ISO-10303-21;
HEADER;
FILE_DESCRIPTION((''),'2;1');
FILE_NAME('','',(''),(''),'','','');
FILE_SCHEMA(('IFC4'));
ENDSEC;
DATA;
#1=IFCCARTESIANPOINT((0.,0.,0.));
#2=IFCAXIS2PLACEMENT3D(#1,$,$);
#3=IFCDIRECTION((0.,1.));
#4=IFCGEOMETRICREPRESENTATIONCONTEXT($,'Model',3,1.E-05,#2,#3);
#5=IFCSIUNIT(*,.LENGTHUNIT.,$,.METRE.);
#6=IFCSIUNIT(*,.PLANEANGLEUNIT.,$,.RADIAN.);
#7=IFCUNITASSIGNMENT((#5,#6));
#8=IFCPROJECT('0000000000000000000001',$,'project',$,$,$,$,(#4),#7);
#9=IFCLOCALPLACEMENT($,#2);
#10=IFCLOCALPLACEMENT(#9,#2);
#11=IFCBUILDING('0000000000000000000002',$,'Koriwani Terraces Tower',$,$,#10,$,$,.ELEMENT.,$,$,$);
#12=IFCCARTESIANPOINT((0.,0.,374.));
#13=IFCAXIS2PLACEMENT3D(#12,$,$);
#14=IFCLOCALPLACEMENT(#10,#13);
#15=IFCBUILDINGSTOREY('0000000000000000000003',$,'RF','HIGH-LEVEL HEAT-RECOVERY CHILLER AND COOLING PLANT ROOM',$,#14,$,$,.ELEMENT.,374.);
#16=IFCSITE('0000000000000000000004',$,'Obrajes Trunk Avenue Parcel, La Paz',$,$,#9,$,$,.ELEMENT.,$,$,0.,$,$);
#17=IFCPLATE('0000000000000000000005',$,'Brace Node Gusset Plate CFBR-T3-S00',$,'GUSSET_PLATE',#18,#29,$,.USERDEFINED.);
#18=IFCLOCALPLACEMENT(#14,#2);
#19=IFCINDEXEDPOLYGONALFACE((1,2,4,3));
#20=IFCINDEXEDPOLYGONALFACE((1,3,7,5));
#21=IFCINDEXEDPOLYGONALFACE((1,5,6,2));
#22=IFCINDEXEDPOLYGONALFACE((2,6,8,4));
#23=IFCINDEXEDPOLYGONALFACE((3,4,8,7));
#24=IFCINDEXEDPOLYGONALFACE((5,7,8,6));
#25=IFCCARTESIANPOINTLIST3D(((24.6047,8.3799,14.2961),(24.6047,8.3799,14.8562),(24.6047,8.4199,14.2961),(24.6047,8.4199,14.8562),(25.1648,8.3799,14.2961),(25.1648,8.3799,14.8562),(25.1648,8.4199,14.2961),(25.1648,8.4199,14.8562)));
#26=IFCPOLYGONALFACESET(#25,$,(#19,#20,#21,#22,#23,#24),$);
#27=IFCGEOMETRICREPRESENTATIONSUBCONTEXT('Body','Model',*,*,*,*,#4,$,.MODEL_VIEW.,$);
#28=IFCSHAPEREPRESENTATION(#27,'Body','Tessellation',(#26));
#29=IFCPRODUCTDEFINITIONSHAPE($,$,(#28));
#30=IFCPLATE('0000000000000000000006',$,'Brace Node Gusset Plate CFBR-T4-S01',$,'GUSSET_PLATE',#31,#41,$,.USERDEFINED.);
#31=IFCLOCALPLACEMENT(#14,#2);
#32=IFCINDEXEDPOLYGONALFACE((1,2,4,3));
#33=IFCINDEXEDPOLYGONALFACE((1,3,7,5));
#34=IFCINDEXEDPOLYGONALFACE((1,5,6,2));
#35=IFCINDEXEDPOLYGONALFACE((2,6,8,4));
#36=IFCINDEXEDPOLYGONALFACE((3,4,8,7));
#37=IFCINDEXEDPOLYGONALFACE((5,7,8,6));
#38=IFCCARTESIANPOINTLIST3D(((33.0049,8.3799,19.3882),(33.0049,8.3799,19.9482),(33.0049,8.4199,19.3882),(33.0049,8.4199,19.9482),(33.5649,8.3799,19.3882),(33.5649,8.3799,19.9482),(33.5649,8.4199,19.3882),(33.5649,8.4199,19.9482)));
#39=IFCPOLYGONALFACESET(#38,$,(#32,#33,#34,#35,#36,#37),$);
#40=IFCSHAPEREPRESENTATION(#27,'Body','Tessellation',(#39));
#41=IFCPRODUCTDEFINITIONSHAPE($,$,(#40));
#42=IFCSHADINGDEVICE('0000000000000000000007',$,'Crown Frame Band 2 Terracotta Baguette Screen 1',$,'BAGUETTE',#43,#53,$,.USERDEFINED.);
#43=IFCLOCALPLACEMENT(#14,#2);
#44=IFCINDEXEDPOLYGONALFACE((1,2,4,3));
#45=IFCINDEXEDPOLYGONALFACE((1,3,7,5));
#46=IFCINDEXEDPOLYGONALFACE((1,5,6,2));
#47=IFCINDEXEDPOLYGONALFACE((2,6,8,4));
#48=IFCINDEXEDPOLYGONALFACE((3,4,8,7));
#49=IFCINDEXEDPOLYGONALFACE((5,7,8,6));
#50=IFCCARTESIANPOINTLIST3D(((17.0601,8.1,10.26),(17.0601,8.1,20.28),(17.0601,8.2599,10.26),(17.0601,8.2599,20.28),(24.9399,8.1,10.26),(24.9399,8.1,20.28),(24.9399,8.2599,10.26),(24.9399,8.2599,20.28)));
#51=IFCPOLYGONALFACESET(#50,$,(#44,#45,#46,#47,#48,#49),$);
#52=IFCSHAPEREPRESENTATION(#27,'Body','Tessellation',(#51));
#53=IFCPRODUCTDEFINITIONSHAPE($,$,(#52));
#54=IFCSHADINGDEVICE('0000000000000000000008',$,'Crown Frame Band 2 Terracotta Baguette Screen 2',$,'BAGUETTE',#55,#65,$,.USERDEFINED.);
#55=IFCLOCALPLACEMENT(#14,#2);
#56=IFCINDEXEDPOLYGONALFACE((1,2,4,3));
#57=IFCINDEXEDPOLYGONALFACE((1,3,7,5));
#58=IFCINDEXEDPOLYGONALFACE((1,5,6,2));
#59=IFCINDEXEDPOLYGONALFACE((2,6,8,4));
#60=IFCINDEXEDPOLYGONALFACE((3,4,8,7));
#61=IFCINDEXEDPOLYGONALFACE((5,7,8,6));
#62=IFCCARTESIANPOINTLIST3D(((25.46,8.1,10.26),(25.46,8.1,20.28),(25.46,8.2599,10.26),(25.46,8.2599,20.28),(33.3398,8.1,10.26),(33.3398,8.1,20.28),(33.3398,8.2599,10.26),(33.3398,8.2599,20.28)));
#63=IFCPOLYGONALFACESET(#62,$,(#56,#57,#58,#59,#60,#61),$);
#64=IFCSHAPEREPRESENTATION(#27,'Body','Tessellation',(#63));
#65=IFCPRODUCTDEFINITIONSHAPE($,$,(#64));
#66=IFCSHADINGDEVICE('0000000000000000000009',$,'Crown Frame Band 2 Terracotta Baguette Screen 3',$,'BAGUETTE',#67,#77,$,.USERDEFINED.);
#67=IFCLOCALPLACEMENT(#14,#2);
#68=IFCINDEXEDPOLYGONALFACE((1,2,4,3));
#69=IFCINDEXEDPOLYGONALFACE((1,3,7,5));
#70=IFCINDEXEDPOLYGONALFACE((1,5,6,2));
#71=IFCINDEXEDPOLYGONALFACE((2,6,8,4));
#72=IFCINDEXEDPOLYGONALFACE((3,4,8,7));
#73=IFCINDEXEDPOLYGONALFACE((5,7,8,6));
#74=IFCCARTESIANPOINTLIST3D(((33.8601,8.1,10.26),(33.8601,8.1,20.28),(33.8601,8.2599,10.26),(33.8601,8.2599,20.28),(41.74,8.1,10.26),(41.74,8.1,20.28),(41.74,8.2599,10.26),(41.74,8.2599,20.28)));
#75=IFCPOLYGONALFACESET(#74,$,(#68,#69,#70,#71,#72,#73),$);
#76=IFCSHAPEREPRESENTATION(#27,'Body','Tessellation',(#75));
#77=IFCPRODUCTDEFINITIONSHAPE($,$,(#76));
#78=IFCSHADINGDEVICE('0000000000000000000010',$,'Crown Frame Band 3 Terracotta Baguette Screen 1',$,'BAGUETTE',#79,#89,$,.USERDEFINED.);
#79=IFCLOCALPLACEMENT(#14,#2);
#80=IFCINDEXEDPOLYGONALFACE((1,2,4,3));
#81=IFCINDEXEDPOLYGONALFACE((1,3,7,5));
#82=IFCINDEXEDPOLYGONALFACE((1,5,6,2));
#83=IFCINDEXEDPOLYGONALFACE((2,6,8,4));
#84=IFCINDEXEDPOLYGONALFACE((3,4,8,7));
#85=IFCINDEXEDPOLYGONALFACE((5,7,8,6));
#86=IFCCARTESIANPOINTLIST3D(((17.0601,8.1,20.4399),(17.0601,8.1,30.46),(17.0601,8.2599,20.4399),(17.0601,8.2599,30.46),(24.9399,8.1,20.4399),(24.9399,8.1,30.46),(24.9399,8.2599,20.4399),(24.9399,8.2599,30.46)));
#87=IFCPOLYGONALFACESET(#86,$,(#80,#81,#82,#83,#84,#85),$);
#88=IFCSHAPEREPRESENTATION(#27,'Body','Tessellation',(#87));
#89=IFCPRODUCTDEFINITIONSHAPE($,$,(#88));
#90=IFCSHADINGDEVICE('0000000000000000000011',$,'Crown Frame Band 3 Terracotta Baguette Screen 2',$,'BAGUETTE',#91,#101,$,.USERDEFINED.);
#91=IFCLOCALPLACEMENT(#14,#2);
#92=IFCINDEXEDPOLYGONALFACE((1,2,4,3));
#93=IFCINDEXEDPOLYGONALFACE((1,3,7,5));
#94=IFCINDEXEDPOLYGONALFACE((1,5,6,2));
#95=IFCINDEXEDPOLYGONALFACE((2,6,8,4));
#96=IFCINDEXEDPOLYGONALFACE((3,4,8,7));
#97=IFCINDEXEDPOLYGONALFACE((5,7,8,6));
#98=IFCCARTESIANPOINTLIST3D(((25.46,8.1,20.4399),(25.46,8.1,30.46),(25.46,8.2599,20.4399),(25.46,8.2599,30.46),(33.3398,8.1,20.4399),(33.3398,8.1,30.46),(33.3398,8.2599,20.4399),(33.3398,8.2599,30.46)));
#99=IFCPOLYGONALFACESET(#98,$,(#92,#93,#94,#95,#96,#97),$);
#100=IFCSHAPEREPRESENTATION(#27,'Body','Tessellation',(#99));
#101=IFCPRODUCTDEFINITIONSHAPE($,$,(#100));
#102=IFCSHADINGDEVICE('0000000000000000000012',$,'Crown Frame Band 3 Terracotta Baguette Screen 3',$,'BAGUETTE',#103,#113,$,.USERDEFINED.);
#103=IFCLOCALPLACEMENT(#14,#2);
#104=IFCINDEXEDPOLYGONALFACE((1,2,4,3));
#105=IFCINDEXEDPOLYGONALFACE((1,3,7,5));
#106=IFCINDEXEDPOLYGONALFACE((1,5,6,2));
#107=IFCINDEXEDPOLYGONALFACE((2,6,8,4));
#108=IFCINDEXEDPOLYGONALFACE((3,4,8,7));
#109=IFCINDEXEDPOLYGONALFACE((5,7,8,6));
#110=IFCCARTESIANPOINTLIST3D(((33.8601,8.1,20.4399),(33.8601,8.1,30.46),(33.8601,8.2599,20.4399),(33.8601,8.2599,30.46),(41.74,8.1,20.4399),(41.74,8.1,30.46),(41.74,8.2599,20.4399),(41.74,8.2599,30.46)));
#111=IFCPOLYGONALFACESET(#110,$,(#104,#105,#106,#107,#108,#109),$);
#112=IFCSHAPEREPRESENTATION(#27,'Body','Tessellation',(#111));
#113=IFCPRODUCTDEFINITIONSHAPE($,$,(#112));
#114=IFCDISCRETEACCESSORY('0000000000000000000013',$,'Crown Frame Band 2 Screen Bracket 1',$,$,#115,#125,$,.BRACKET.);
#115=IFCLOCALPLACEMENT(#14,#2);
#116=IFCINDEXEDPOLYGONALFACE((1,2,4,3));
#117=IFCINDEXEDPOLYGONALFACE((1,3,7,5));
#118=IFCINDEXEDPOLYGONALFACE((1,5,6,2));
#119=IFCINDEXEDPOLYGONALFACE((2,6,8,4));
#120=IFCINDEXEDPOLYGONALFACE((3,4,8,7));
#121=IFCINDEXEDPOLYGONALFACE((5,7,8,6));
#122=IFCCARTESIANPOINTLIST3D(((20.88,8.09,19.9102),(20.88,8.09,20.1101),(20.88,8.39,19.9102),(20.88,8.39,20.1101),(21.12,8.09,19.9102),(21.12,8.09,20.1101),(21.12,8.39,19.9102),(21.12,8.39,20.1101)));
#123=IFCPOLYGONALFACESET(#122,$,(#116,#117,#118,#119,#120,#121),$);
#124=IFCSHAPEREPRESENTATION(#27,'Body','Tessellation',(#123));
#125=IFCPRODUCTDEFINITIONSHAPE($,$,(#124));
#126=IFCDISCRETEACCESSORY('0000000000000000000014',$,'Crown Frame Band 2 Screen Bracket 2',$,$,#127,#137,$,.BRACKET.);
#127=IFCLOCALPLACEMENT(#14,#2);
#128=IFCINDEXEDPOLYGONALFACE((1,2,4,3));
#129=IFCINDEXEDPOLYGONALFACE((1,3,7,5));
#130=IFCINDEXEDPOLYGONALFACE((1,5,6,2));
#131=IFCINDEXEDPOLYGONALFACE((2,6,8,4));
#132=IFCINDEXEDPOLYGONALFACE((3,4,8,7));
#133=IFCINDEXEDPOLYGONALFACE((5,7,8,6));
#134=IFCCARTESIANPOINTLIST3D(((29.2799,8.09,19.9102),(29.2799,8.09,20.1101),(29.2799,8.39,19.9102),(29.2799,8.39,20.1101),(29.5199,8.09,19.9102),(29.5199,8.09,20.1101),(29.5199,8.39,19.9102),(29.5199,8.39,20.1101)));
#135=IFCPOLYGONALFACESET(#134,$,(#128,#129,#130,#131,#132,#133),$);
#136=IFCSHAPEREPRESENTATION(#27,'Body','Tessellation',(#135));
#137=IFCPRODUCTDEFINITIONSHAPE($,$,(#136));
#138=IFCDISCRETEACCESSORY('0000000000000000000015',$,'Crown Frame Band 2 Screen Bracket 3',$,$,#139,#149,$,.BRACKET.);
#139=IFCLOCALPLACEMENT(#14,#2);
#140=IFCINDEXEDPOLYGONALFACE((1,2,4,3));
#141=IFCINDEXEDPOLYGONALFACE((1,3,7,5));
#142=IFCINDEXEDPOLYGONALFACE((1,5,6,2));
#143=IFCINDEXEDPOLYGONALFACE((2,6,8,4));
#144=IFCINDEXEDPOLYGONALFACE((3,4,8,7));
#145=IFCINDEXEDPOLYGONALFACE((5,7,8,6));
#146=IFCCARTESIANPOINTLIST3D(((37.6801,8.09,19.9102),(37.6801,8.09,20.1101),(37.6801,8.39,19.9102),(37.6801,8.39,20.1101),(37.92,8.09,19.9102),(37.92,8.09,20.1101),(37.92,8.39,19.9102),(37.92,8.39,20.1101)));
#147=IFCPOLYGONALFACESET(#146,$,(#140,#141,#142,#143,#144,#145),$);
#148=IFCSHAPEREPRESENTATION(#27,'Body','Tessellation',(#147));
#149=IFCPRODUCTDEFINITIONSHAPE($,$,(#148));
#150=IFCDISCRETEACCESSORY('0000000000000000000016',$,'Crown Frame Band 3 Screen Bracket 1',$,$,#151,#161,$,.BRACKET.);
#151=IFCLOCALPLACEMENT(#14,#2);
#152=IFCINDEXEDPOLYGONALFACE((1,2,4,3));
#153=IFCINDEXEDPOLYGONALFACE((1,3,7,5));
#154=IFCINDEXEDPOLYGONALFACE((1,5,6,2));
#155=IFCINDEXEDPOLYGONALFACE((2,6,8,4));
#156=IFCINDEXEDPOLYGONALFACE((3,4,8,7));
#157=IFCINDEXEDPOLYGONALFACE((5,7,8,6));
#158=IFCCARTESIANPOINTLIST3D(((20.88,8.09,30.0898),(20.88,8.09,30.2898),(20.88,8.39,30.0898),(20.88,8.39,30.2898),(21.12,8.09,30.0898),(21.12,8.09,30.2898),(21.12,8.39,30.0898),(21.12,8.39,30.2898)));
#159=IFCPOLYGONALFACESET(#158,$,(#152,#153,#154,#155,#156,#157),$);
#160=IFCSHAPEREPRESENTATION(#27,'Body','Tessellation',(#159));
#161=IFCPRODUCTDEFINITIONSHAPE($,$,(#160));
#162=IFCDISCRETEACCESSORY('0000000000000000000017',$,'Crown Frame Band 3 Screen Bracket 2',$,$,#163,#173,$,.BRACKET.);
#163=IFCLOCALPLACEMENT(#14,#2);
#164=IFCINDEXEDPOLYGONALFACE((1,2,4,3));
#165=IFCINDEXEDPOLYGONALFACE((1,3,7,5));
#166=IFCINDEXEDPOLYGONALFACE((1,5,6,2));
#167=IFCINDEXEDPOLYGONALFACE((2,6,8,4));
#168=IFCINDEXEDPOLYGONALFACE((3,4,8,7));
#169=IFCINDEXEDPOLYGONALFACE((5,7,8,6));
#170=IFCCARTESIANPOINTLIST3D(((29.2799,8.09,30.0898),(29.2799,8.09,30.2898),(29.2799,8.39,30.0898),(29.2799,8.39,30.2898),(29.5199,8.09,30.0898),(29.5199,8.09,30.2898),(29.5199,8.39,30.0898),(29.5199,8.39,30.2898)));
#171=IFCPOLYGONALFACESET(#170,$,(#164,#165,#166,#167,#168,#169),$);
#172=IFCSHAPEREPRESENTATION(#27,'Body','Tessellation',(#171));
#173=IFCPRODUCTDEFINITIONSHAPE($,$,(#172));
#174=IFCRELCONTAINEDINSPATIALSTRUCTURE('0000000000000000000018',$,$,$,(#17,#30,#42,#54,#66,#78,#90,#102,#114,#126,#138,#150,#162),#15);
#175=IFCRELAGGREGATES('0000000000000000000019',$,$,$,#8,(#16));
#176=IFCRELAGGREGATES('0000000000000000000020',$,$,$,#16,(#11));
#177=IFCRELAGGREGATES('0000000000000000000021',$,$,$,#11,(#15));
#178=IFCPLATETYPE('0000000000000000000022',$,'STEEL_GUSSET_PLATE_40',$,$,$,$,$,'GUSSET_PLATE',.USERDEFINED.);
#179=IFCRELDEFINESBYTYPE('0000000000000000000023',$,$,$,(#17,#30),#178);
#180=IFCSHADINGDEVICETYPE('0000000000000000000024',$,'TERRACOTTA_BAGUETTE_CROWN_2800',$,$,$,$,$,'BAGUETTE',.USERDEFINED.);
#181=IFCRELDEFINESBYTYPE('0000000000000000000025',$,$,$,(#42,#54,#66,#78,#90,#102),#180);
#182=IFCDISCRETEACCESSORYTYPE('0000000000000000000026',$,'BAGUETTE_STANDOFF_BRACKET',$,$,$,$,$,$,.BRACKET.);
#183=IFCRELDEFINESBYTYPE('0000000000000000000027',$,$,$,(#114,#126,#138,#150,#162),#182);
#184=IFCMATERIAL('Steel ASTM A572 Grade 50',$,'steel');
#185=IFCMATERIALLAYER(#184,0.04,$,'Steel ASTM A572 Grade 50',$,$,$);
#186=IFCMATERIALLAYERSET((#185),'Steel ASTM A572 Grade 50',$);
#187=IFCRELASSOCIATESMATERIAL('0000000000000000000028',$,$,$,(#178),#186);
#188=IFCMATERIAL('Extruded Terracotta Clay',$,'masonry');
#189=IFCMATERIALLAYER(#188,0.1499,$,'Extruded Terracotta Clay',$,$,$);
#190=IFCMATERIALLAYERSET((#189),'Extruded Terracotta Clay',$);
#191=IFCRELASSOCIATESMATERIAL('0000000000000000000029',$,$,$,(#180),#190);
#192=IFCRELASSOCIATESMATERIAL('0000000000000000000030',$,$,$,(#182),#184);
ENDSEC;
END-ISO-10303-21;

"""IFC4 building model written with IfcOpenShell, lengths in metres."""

from ifc_helpers import new_model, si_unit, direction, frame, origin, origin_2d, place, context, subcontext, project, spatial, rectangle, extrude, material, layer, layer_set, type_object, element, save


model = new_model("IFC4")

# Units and contexts
model_context = context("Model", 3, precision=1e-05, world=origin(), true_north=direction((0.0, 1.0)))
body_context = subcontext(model_context, "Body", "Model", "MODEL_VIEW")
ifc_project = project(units=[si_unit("LENGTHUNIT", "METRE"), si_unit("PLANEANGLEUNIT", "RADIAN")], contexts=[model_context])

# Site, building, storey
site_placement = place(None, origin())
site = spatial("IfcSite", under=ifc_project, at=site_placement, Name="Obrajes Trunk Avenue Parcel, La Paz", CompositionType="ELEMENT", RefElevation=0.0)
building_placement = place(site_placement, origin())
building = spatial("IfcBuilding", under=site, at=building_placement, Name="Koriwani Terraces Tower", CompositionType="ELEMENT")
storey_placement = place(building_placement, frame((0.0, 0.0, 374.0)))
storey = spatial("IfcBuildingStorey", under=building, at=storey_placement, Name="RF", Description="HIGH-LEVEL HEAT-RECOVERY CHILLER AND COOLING PLANT ROOM", CompositionType="ELEMENT", Elevation=374.0)

# Shared definitions
ifc_material_1 = material(Name="Steel ASTM A572 Grade 50", Category="steel")

# Plates
ifc_layer_1 = layer(ifc_material_1, 0.04, Name="Steel ASTM A572 Grade 50")
ifc_layer_set_1 = layer_set([ifc_layer_1], Name="Steel ASTM A572 Grade 50")
plate_type_1 = type_object("IfcPlateType", Name="STEEL_GUSSET_PLATE_40", ElementType="GUSSET_PLATE", PredefinedType="USERDEFINED", material=ifc_layer_set_1)
for number, where, z_axis, x_axis, name in (
    (1, (24.8848, 8.3999, 14.2961), (0.0, 0.0, 1.0), (1.0, 0.0, 0.0), "Brace Node Gusset Plate CFBR-T3-S00"),
    (2, (33.2849, 8.3999, 19.3882), (0.0, 0.0, 1.0), (1.0, 0.0, 0.0), "Brace Node Gusset Plate CFBR-T4-S01"),
):
    element("IfcPlate", number, at=place(storey_placement, frame(where, z_axis=z_axis, x_axis=x_axis)), inside=storey, type_object=plate_type_1, Name=name, ObjectType="GUSSET_PLATE", PredefinedType="USERDEFINED", context=body_context, shape_type="SweptSolid", body=[
        extrude(rectangle(XDim=0.5601, YDim=0.04, at=origin_2d()), origin(), (0.0, 0.0, 1.0), 0.5601),
    ])

# Shading devices
ifc_material_2 = material(Name="Extruded Terracotta Clay", Category="masonry")
ifc_layer_2 = layer(ifc_material_2, 0.1499, Name="Extruded Terracotta Clay")
ifc_layer_set_2 = layer_set([ifc_layer_2], Name="Extruded Terracotta Clay")
shading_device_type = type_object("IfcShadingDeviceType", Name="TERRACOTTA_BAGUETTE_CROWN_2800", ElementType="BAGUETTE", PredefinedType="USERDEFINED", material=ifc_layer_set_2)
for number, where, z_axis, x_axis, name in (
    (3, (21.0, 8.1799, 10.26), (0.0, 0.0, 1.0), (1.0, 0.0, 0.0), "Crown Frame Band 2 Terracotta Baguette Screen 1"),
    (4, (29.3999, 8.1799, 10.26), (0.0, 0.0, 1.0), (1.0, 0.0, 0.0), "Crown Frame Band 2 Terracotta Baguette Screen 2"),
    (5, (37.8, 8.1799, 10.26), (0.0, 0.0, 1.0), (1.0, 0.0, 0.0), "Crown Frame Band 2 Terracotta Baguette Screen 3"),
    (6, (21.0, 8.1799, 20.4399), (0.0, 0.0, 1.0), (1.0, 0.0, 0.0), "Crown Frame Band 3 Terracotta Baguette Screen 1"),
    (7, (29.3999, 8.1799, 20.4399), (0.0, 0.0, 1.0), (1.0, 0.0, 0.0), "Crown Frame Band 3 Terracotta Baguette Screen 2"),
    (8, (37.8, 8.1799, 20.4399), (0.0, 0.0, 1.0), (1.0, 0.0, 0.0), "Crown Frame Band 3 Terracotta Baguette Screen 3"),
):
    element("IfcShadingDevice", number, at=place(storey_placement, frame(where, z_axis=z_axis, x_axis=x_axis)), inside=storey, type_object=shading_device_type, Name=name, ObjectType="BAGUETTE", PredefinedType="USERDEFINED", context=body_context, shape_type="SweptSolid", body=[
        extrude(rectangle(XDim=7.8799, YDim=0.1599, at=origin_2d()), origin(), (0.0, 0.0, 1.0), 10.02),
    ])

# Discrete accessories
discrete_accessory_type = type_object("IfcDiscreteAccessoryType", Name="BAGUETTE_STANDOFF_BRACKET", PredefinedType="BRACKET", material=ifc_material_1)
for number, where, z_axis, x_axis, name in (
    (9, (21.0, 8.24, 19.9102), (0.0, 0.0, 1.0), (1.0, 0.0, 0.0), "Crown Frame Band 2 Screen Bracket 1"),
    (10, (29.3999, 8.24, 19.9102), (0.0, 0.0, 1.0), (1.0, 0.0, 0.0), "Crown Frame Band 2 Screen Bracket 2"),
    (11, (37.8, 8.24, 19.9102), (0.0, 0.0, 1.0), (1.0, 0.0, 0.0), "Crown Frame Band 2 Screen Bracket 3"),
    (12, (21.0, 8.24, 30.0898), (0.0, 0.0, 1.0), (1.0, 0.0, 0.0), "Crown Frame Band 3 Screen Bracket 1"),
    (13, (29.3999, 8.24, 30.0898), (0.0, 0.0, 1.0), (1.0, 0.0, 0.0), "Crown Frame Band 3 Screen Bracket 2"),
):
    element("IfcDiscreteAccessory", number, at=place(storey_placement, frame(where, z_axis=z_axis, x_axis=x_axis)), inside=storey, type_object=discrete_accessory_type, Name=name, PredefinedType="BRACKET", context=body_context, shape_type="SweptSolid", body=[
        extrude(rectangle(XDim=0.24, YDim=0.3, at=origin_2d()), origin(), (0.0, 0.0, 1.0), 0.2),
    ])

save(model, "model.ifc")
